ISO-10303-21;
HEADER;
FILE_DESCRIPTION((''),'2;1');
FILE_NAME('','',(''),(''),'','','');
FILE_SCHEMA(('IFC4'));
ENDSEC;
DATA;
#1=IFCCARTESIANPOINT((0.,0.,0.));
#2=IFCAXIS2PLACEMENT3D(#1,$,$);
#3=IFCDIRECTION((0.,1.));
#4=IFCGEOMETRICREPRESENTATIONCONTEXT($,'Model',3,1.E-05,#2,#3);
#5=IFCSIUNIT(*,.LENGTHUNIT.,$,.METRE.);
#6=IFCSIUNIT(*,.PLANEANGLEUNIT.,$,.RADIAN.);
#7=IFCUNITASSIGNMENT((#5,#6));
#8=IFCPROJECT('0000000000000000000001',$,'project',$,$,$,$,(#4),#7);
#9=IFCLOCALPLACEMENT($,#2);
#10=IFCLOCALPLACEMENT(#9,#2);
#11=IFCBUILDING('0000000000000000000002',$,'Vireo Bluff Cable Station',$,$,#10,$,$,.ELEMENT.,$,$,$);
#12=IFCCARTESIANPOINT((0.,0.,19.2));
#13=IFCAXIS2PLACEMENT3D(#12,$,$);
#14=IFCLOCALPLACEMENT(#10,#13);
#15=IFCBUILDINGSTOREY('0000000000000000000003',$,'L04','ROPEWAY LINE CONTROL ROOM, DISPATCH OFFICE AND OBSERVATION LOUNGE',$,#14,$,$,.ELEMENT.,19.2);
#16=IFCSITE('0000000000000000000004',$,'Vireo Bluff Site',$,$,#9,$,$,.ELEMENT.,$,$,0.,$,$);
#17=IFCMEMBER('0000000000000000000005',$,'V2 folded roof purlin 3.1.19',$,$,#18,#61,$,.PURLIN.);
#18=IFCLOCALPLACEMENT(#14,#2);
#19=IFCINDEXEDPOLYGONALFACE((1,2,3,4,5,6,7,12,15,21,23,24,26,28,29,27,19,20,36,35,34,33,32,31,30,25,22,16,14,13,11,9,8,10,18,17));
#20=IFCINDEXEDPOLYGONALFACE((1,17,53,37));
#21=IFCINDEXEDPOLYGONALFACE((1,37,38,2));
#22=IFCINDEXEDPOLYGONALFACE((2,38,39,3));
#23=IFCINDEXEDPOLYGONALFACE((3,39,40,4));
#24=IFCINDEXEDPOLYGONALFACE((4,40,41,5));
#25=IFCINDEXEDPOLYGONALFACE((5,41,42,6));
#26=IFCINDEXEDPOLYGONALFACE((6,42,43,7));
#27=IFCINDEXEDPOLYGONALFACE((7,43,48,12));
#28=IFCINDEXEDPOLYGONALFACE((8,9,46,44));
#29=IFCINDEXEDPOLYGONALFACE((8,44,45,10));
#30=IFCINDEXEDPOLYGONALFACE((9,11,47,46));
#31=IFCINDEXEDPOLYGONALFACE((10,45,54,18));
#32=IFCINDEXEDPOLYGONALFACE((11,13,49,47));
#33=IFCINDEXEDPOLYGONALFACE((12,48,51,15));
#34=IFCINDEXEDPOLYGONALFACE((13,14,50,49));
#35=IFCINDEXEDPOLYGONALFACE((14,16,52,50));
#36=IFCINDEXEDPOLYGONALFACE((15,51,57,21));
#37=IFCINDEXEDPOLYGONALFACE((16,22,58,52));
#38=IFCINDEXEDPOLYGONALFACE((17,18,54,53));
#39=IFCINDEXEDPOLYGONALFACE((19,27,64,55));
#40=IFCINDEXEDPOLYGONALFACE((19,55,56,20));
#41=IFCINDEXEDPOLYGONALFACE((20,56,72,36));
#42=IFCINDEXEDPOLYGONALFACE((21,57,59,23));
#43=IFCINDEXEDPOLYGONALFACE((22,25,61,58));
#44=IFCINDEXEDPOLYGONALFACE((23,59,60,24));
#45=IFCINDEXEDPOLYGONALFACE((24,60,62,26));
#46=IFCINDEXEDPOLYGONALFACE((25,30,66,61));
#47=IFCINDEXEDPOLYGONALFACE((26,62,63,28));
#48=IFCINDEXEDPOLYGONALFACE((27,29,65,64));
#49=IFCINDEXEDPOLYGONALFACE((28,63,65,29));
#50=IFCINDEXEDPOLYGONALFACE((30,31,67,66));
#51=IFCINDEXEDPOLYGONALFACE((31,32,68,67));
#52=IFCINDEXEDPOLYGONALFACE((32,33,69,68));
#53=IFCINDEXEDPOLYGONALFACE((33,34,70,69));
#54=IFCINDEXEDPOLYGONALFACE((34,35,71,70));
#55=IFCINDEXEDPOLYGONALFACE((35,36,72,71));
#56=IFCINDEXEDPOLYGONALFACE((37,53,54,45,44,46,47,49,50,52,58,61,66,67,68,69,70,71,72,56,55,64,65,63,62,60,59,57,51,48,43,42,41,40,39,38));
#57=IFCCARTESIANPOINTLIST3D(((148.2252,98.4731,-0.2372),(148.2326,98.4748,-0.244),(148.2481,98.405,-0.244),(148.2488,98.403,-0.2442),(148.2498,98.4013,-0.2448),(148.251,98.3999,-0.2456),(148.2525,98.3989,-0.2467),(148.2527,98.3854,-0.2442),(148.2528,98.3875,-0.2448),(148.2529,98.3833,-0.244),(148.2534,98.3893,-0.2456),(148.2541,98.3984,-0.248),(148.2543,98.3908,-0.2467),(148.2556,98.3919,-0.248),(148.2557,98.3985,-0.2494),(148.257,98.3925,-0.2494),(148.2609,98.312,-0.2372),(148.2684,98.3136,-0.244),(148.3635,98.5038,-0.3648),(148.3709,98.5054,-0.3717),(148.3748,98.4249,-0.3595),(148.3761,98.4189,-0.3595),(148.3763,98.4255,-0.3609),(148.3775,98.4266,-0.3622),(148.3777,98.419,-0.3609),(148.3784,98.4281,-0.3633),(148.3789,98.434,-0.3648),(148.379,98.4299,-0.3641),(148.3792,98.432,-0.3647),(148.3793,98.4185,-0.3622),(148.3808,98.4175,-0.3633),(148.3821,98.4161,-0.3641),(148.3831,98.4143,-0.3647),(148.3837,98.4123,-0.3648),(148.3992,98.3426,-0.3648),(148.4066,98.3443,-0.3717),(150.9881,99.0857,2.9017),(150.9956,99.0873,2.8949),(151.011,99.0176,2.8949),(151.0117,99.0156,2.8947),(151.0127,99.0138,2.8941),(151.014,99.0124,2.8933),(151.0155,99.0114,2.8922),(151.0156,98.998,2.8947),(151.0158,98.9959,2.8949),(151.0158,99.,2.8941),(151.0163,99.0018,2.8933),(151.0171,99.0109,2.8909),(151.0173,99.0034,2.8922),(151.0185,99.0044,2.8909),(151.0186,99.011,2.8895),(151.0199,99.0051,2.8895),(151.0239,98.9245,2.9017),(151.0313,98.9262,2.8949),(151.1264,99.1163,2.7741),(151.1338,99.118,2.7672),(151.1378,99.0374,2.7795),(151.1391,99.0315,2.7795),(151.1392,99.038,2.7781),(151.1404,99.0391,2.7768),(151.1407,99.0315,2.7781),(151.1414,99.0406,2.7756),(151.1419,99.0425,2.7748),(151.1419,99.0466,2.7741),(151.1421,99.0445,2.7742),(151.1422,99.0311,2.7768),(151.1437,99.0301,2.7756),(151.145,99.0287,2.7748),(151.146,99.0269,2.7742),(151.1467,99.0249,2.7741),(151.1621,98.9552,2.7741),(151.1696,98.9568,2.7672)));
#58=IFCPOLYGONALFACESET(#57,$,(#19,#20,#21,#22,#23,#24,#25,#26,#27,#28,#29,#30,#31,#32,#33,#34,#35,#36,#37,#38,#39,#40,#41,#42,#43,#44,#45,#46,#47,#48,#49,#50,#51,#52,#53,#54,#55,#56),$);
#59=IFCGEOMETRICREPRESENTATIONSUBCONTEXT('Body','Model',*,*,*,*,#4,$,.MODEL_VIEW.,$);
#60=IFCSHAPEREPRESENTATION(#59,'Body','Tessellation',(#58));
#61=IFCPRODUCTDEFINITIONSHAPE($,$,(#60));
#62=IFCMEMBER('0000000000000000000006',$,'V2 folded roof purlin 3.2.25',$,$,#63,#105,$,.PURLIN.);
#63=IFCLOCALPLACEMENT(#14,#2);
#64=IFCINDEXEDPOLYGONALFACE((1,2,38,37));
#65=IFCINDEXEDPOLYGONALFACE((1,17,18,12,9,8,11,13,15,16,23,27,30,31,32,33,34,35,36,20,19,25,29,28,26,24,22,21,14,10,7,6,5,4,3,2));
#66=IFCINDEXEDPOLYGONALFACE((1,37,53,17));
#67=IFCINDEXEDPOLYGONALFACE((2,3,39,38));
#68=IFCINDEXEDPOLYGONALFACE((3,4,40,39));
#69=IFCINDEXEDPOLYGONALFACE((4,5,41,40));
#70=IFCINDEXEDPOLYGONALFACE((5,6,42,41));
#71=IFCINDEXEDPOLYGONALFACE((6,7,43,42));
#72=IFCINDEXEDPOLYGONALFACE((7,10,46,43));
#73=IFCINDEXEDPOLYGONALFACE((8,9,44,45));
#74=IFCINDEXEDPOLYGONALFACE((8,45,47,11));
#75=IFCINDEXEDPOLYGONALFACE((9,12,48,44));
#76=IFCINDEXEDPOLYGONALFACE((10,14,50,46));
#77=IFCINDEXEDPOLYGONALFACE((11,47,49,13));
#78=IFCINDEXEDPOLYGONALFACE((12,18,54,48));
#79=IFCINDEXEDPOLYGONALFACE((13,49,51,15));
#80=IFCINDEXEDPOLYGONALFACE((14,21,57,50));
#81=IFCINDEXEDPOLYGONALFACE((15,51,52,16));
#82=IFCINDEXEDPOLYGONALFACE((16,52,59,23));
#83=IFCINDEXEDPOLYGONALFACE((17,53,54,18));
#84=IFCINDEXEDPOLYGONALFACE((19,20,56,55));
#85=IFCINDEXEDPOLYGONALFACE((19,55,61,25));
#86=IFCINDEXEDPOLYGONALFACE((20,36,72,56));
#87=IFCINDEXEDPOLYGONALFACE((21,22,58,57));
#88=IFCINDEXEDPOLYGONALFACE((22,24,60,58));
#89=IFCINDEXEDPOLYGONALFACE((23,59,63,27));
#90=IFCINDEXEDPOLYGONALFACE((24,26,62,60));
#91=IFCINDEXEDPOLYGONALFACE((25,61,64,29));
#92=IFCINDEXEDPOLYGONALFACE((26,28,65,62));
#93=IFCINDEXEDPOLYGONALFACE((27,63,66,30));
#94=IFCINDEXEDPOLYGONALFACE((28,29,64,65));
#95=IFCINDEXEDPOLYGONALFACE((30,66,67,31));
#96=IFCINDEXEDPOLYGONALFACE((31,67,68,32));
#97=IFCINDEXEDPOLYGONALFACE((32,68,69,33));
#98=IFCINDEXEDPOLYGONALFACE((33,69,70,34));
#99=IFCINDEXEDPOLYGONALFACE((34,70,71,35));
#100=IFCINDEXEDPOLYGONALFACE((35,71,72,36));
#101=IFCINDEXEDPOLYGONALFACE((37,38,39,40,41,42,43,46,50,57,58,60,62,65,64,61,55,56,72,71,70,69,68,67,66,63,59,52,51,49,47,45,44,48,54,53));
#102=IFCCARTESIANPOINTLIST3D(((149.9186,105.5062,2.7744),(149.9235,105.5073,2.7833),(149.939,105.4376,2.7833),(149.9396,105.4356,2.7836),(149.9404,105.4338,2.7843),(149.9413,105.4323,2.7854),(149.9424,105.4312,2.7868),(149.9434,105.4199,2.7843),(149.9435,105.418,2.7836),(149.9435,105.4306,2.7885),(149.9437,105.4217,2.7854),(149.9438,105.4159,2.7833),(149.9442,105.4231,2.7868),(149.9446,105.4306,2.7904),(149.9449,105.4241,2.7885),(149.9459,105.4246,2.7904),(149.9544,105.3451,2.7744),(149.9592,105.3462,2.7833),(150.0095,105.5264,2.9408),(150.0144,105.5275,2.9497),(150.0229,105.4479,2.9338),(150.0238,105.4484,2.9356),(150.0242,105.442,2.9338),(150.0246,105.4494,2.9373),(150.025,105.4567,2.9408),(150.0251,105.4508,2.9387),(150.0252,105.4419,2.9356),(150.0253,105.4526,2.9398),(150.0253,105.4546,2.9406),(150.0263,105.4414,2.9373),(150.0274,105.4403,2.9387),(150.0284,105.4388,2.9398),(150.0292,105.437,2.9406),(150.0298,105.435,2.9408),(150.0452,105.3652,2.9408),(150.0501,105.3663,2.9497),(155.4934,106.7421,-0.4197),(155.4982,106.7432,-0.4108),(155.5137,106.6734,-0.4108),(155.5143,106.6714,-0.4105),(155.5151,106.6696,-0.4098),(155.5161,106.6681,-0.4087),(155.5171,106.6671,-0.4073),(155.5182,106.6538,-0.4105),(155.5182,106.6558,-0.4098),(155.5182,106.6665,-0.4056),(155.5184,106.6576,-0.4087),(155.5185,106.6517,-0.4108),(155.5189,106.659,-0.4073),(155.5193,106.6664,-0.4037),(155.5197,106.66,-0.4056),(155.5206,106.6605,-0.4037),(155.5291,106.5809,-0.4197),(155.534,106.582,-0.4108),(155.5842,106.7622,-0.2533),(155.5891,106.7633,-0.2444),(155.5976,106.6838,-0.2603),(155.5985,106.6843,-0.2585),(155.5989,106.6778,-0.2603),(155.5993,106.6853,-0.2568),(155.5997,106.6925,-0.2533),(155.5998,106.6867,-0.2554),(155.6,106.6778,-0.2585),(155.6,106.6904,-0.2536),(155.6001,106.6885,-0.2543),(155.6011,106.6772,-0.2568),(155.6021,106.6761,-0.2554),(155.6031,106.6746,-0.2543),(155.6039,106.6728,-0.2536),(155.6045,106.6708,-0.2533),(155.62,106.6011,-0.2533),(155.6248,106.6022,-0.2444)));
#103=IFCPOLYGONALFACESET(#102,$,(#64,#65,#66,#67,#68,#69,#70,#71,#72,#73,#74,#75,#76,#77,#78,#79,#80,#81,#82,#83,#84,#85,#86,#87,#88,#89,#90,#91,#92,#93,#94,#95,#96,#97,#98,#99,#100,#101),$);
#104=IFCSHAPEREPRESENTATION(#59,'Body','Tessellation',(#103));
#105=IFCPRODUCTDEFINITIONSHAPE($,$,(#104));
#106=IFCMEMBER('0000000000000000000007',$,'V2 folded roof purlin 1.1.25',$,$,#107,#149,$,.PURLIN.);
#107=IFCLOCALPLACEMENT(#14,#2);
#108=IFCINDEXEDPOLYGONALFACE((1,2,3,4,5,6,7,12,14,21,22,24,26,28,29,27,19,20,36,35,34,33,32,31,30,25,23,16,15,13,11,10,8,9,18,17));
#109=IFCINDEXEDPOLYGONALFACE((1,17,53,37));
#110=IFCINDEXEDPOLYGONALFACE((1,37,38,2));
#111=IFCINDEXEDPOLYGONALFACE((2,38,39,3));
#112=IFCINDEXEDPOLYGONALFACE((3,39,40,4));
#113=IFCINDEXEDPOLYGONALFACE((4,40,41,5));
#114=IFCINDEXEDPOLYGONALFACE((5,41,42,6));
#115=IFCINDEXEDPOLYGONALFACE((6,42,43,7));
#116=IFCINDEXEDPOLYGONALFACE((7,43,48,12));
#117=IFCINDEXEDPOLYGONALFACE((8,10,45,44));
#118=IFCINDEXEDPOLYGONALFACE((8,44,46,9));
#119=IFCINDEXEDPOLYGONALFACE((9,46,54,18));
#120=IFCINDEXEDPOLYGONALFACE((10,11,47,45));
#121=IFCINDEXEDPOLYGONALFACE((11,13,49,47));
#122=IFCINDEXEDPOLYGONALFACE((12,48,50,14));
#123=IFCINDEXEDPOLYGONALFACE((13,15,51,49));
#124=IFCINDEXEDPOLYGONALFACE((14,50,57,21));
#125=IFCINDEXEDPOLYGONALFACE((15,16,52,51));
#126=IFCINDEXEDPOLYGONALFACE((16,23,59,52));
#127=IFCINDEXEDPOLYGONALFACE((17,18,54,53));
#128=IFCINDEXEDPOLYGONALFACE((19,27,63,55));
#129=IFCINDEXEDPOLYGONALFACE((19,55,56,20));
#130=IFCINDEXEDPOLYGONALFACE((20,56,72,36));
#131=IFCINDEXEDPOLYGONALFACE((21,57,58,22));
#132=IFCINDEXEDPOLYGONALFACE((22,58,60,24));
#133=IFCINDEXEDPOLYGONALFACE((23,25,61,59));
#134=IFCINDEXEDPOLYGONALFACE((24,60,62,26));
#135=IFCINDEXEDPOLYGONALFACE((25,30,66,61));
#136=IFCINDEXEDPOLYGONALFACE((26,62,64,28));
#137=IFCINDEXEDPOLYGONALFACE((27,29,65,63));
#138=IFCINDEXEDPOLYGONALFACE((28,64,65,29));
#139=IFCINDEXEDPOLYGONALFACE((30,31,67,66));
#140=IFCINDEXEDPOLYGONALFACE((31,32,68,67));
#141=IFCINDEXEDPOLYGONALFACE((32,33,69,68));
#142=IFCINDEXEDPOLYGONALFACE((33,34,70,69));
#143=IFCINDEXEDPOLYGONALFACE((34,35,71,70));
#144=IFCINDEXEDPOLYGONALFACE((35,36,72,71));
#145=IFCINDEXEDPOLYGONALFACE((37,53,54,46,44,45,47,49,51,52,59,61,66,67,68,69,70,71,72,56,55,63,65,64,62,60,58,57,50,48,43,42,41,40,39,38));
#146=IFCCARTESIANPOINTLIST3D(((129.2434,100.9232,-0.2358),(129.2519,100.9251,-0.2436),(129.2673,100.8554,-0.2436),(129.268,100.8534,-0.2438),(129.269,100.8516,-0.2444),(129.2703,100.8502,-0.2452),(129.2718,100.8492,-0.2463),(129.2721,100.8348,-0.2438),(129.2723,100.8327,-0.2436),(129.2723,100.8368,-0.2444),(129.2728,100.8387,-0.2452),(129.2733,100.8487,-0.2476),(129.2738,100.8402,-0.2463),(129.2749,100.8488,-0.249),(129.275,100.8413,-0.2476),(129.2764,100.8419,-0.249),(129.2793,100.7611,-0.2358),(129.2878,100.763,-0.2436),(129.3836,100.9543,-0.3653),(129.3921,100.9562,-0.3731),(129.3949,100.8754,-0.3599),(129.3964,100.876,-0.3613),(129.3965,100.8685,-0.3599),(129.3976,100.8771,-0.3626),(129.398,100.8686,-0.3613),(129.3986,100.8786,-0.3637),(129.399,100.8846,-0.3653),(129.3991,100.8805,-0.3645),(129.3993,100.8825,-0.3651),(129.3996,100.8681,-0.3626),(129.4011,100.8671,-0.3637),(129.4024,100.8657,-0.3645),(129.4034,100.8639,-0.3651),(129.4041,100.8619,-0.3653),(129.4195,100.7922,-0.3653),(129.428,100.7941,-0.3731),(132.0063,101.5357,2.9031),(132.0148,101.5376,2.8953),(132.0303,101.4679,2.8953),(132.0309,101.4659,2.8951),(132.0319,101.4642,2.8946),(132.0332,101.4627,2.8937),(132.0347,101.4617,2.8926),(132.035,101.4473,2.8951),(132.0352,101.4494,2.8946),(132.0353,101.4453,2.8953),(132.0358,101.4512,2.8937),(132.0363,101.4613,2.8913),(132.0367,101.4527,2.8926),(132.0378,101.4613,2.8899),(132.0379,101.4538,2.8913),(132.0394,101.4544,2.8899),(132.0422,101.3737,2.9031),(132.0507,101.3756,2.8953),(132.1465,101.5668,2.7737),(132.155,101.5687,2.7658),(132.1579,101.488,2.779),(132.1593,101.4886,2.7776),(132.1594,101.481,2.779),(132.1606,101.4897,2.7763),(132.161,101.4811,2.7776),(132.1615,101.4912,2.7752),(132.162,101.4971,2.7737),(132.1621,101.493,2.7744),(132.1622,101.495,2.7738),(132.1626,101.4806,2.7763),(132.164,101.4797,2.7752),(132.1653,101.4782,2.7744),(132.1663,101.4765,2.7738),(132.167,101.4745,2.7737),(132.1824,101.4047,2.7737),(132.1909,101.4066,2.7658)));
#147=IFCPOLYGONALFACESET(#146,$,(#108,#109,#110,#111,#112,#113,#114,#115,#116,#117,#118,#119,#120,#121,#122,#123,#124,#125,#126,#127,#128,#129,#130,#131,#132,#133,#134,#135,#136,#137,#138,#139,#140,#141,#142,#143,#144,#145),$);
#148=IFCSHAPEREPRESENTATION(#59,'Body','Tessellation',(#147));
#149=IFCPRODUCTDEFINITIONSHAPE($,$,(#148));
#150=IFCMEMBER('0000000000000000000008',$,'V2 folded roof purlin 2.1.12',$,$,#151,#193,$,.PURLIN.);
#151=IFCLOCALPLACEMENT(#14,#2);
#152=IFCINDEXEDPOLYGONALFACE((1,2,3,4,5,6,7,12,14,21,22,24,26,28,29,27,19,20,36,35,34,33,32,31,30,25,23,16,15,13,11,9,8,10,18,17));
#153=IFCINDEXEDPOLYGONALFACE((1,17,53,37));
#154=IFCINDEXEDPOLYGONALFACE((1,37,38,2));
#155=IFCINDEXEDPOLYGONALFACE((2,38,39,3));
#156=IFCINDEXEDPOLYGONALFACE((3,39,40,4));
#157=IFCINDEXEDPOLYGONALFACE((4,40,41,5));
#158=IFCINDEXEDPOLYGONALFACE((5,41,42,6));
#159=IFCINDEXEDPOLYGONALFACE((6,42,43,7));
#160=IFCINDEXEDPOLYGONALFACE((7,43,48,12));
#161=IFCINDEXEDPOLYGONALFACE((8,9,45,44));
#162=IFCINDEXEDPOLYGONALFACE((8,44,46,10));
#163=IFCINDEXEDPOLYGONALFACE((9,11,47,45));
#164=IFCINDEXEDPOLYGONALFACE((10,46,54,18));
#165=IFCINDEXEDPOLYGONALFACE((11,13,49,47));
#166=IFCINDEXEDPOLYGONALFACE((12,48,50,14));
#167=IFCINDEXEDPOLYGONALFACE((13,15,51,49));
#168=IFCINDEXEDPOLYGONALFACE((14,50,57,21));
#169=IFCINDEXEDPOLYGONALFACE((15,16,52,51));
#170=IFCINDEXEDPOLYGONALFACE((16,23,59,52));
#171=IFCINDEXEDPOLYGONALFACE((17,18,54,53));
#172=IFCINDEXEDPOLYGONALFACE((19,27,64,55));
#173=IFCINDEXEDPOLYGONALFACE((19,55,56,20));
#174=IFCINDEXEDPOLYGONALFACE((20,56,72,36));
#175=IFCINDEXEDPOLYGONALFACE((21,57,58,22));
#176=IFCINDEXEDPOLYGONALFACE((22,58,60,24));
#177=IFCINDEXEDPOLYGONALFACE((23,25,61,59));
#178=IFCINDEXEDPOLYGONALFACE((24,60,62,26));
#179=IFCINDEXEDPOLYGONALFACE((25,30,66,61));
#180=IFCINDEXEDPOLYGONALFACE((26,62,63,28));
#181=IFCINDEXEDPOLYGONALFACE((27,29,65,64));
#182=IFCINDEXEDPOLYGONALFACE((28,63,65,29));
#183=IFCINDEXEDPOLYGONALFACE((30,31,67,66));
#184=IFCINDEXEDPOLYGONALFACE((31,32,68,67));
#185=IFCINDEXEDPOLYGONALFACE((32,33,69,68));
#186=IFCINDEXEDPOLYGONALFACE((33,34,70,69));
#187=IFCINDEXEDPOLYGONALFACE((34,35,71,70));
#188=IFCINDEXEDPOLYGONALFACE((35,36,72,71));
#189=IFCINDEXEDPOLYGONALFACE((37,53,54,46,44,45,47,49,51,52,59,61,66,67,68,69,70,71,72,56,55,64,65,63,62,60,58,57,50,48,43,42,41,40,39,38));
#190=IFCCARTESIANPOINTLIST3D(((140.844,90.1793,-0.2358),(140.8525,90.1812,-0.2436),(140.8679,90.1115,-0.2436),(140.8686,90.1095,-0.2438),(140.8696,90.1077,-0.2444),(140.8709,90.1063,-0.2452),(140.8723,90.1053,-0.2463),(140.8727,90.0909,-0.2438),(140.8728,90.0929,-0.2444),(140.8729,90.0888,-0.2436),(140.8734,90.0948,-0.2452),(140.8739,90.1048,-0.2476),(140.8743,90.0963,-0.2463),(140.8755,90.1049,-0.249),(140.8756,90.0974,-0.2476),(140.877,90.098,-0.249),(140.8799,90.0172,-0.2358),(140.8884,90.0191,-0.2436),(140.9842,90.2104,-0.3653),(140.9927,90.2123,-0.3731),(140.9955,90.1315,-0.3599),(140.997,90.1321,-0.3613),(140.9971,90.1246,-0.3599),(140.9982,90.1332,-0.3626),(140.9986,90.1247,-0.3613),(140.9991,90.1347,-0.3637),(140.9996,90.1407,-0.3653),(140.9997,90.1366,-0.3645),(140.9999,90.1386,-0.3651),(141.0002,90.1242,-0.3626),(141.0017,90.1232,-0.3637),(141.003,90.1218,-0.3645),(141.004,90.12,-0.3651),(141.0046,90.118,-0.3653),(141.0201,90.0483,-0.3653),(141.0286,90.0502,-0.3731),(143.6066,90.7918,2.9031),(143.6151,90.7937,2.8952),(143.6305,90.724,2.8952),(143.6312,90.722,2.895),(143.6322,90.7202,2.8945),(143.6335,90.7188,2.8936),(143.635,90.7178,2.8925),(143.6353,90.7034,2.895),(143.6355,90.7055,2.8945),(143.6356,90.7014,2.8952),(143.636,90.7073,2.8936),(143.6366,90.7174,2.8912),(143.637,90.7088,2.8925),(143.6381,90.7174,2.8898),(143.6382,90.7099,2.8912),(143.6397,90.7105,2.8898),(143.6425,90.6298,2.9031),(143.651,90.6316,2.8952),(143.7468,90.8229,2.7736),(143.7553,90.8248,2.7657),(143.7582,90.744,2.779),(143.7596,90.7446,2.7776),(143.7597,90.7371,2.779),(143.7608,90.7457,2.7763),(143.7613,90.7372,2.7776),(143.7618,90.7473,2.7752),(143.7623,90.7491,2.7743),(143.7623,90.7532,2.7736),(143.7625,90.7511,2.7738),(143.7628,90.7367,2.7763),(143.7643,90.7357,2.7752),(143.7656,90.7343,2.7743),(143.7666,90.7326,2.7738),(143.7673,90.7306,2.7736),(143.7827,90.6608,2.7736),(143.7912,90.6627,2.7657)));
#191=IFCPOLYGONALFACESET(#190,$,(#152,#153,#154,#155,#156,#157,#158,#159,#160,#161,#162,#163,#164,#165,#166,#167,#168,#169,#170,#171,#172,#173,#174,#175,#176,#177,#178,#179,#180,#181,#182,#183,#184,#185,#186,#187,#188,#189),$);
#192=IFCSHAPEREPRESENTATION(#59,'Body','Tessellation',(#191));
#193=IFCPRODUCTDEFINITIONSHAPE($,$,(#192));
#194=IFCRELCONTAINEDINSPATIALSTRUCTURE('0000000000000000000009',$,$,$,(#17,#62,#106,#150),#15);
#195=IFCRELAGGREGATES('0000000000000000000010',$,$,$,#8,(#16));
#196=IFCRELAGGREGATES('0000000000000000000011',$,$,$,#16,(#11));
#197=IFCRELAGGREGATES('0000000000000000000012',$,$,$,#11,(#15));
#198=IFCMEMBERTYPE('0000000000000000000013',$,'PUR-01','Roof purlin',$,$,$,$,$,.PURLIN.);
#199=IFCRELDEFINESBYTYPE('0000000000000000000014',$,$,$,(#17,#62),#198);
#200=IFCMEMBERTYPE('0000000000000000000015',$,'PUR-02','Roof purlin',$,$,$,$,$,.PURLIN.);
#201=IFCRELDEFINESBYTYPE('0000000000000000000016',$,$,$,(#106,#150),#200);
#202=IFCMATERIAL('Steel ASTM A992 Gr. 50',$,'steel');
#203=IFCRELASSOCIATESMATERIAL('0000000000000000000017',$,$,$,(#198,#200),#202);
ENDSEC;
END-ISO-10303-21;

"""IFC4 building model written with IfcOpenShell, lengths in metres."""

from ifc_helpers import new_model, si_unit, direction, frame, origin, origin_2d, place, context, subcontext, project, spatial, i_section, extrude, material, material_profile, profile_set, type_object, element, save


model = new_model("IFC4")

# Units and contexts
model_context = context("Model", 3, precision=1e-05, world=origin(), true_north=direction((0.0, 1.0)))
body_context = subcontext(model_context, "Body", "Model", "MODEL_VIEW")
ifc_project = project(units=[si_unit("LENGTHUNIT", "METRE"), si_unit("PLANEANGLEUNIT", "RADIAN")], contexts=[model_context])

# Site, building, storey
site_placement = place(None, origin())
site = spatial("IfcSite", under=ifc_project, at=site_placement, Name="Vireo Bluff Site", CompositionType="ELEMENT", RefElevation=0.0)
building_placement = place(site_placement, origin())
building = spatial("IfcBuilding", under=site, at=building_placement, Name="Vireo Bluff Cable Station", CompositionType="ELEMENT")
storey_placement = place(building_placement, frame((0.0, 0.0, 19.2)))
storey = spatial("IfcBuildingStorey", under=building, at=storey_placement, Name="L04", Description="ROPEWAY LINE CONTROL ROOM, DISPATCH OFFICE AND OBSERVATION LOUNGE", CompositionType="ELEMENT", Elevation=19.2)

# Shared definitions
ifc_material_1 = material(Name="Steel ASTM A992 Gr. 50", Category="steel")

# Members
ifc_material_profile_1 = material_profile(ifc_material_1, i_section(OverallWidth=0.165, OverallDepth=0.2009, WebThickness=0.0061, FlangeThickness=0.0103, FilletRadius=0.0081, at=origin_2d()), Name="W8X24")
ifc_profile_set_1 = profile_set([ifc_material_profile_1], Name="Steel ASTM A992 Gr. 50")
member_type_1 = type_object("IfcMemberType", Name="PUR-01", Description="Roof purlin", PredefinedType="PURLIN", material=ifc_profile_set_1)
member_1_placement = place(storey_placement, frame((148.3159, 98.4087, -0.3044), z_axis=(0.653745, 0.144936, 0.742705), x_axis=(-0.216446, 0.976295, 0.0)))
element("IfcMember", 1, at=member_1_placement, inside=storey, type_object=member_type_1, Name="V2 folded roof purlin 3.1.19", PredefinedType="PURLIN", context=body_context, shape_type="SweptSolid", body=[
    extrude(i_section(OverallWidth=0.165, OverallDepth=0.2009, WebThickness=0.0061, FlangeThickness=0.0103, FilletRadius=0.0081, at=origin_2d()), origin(), (0.0, 0.0, 1.0), 4.2263),
])
member_2_placement = place(storey_placement, frame((149.9844, 105.4363, 2.8621), z_axis=(0.85205, 0.188888, -0.488192), x_axis=(-0.216432, 0.976298, 0.0)))
element("IfcMember", 2, at=member_2_placement, inside=storey, type_object=member_type_1, Name="V2 folded roof purlin 3.2.25", PredefinedType="PURLIN", context=body_context, shape_type="SweptSolid", body=[
    extrude(i_section(OverallWidth=0.165, OverallDepth=0.2009, WebThickness=0.0061, FlangeThickness=0.0103, FilletRadius=0.0081, at=origin_2d()), origin(), (0.0, 0.0, 1.0), 6.5427),
])
ifc_material_profile_2 = material_profile(ifc_material_1, i_section(OverallWidth=0.166, OverallDepth=0.2051, WebThickness=0.0071, FlangeThickness=0.0117, FilletRadius=0.0081, at=origin_2d()), Name="W8X28")
ifc_profile_set_2 = profile_set([ifc_material_profile_2], Name="Steel ASTM A992 Gr. 50")
member_type_2 = type_object("IfcMemberType", Name="PUR-02", Description="Roof purlin", PredefinedType="PURLIN", material=ifc_profile_set_2)
member_3_placement = place(storey_placement, frame((129.3357, 100.8586, -0.3044), z_axis=(0.653745, 0.144936, 0.742705), x_axis=(-0.216446, 0.976295, 0.0)))
element("IfcMember", 3, at=member_3_placement, inside=storey, type_object=member_type_2, Name="V2 folded roof purlin 1.1.25", PredefinedType="PURLIN", context=body_context, shape_type="SweptSolid", body=[
    extrude(i_section(OverallWidth=0.166, OverallDepth=0.2051, WebThickness=0.0071, FlangeThickness=0.0117, FilletRadius=0.0081, at=origin_2d()), origin(), (0.0, 0.0, 1.0), 4.2263),
])
member_4_placement = place(storey_placement, frame((140.9363, 90.1147, -0.3044), z_axis=(0.653712, 0.144942, 0.742733), x_axis=(-0.216465, 0.97629, 0.0)))
element("IfcMember", 4, at=member_4_placement, inside=storey, type_object=member_type_2, Name="V2 folded roof purlin 2.1.12", PredefinedType="PURLIN", context=body_context, shape_type="SweptSolid", body=[
    extrude(i_section(OverallWidth=0.166, OverallDepth=0.2051, WebThickness=0.0071, FlangeThickness=0.0117, FilletRadius=0.0081, at=origin_2d()), origin(), (0.0, 0.0, 1.0), 4.2261),
])

save(model, "model.ifc")
